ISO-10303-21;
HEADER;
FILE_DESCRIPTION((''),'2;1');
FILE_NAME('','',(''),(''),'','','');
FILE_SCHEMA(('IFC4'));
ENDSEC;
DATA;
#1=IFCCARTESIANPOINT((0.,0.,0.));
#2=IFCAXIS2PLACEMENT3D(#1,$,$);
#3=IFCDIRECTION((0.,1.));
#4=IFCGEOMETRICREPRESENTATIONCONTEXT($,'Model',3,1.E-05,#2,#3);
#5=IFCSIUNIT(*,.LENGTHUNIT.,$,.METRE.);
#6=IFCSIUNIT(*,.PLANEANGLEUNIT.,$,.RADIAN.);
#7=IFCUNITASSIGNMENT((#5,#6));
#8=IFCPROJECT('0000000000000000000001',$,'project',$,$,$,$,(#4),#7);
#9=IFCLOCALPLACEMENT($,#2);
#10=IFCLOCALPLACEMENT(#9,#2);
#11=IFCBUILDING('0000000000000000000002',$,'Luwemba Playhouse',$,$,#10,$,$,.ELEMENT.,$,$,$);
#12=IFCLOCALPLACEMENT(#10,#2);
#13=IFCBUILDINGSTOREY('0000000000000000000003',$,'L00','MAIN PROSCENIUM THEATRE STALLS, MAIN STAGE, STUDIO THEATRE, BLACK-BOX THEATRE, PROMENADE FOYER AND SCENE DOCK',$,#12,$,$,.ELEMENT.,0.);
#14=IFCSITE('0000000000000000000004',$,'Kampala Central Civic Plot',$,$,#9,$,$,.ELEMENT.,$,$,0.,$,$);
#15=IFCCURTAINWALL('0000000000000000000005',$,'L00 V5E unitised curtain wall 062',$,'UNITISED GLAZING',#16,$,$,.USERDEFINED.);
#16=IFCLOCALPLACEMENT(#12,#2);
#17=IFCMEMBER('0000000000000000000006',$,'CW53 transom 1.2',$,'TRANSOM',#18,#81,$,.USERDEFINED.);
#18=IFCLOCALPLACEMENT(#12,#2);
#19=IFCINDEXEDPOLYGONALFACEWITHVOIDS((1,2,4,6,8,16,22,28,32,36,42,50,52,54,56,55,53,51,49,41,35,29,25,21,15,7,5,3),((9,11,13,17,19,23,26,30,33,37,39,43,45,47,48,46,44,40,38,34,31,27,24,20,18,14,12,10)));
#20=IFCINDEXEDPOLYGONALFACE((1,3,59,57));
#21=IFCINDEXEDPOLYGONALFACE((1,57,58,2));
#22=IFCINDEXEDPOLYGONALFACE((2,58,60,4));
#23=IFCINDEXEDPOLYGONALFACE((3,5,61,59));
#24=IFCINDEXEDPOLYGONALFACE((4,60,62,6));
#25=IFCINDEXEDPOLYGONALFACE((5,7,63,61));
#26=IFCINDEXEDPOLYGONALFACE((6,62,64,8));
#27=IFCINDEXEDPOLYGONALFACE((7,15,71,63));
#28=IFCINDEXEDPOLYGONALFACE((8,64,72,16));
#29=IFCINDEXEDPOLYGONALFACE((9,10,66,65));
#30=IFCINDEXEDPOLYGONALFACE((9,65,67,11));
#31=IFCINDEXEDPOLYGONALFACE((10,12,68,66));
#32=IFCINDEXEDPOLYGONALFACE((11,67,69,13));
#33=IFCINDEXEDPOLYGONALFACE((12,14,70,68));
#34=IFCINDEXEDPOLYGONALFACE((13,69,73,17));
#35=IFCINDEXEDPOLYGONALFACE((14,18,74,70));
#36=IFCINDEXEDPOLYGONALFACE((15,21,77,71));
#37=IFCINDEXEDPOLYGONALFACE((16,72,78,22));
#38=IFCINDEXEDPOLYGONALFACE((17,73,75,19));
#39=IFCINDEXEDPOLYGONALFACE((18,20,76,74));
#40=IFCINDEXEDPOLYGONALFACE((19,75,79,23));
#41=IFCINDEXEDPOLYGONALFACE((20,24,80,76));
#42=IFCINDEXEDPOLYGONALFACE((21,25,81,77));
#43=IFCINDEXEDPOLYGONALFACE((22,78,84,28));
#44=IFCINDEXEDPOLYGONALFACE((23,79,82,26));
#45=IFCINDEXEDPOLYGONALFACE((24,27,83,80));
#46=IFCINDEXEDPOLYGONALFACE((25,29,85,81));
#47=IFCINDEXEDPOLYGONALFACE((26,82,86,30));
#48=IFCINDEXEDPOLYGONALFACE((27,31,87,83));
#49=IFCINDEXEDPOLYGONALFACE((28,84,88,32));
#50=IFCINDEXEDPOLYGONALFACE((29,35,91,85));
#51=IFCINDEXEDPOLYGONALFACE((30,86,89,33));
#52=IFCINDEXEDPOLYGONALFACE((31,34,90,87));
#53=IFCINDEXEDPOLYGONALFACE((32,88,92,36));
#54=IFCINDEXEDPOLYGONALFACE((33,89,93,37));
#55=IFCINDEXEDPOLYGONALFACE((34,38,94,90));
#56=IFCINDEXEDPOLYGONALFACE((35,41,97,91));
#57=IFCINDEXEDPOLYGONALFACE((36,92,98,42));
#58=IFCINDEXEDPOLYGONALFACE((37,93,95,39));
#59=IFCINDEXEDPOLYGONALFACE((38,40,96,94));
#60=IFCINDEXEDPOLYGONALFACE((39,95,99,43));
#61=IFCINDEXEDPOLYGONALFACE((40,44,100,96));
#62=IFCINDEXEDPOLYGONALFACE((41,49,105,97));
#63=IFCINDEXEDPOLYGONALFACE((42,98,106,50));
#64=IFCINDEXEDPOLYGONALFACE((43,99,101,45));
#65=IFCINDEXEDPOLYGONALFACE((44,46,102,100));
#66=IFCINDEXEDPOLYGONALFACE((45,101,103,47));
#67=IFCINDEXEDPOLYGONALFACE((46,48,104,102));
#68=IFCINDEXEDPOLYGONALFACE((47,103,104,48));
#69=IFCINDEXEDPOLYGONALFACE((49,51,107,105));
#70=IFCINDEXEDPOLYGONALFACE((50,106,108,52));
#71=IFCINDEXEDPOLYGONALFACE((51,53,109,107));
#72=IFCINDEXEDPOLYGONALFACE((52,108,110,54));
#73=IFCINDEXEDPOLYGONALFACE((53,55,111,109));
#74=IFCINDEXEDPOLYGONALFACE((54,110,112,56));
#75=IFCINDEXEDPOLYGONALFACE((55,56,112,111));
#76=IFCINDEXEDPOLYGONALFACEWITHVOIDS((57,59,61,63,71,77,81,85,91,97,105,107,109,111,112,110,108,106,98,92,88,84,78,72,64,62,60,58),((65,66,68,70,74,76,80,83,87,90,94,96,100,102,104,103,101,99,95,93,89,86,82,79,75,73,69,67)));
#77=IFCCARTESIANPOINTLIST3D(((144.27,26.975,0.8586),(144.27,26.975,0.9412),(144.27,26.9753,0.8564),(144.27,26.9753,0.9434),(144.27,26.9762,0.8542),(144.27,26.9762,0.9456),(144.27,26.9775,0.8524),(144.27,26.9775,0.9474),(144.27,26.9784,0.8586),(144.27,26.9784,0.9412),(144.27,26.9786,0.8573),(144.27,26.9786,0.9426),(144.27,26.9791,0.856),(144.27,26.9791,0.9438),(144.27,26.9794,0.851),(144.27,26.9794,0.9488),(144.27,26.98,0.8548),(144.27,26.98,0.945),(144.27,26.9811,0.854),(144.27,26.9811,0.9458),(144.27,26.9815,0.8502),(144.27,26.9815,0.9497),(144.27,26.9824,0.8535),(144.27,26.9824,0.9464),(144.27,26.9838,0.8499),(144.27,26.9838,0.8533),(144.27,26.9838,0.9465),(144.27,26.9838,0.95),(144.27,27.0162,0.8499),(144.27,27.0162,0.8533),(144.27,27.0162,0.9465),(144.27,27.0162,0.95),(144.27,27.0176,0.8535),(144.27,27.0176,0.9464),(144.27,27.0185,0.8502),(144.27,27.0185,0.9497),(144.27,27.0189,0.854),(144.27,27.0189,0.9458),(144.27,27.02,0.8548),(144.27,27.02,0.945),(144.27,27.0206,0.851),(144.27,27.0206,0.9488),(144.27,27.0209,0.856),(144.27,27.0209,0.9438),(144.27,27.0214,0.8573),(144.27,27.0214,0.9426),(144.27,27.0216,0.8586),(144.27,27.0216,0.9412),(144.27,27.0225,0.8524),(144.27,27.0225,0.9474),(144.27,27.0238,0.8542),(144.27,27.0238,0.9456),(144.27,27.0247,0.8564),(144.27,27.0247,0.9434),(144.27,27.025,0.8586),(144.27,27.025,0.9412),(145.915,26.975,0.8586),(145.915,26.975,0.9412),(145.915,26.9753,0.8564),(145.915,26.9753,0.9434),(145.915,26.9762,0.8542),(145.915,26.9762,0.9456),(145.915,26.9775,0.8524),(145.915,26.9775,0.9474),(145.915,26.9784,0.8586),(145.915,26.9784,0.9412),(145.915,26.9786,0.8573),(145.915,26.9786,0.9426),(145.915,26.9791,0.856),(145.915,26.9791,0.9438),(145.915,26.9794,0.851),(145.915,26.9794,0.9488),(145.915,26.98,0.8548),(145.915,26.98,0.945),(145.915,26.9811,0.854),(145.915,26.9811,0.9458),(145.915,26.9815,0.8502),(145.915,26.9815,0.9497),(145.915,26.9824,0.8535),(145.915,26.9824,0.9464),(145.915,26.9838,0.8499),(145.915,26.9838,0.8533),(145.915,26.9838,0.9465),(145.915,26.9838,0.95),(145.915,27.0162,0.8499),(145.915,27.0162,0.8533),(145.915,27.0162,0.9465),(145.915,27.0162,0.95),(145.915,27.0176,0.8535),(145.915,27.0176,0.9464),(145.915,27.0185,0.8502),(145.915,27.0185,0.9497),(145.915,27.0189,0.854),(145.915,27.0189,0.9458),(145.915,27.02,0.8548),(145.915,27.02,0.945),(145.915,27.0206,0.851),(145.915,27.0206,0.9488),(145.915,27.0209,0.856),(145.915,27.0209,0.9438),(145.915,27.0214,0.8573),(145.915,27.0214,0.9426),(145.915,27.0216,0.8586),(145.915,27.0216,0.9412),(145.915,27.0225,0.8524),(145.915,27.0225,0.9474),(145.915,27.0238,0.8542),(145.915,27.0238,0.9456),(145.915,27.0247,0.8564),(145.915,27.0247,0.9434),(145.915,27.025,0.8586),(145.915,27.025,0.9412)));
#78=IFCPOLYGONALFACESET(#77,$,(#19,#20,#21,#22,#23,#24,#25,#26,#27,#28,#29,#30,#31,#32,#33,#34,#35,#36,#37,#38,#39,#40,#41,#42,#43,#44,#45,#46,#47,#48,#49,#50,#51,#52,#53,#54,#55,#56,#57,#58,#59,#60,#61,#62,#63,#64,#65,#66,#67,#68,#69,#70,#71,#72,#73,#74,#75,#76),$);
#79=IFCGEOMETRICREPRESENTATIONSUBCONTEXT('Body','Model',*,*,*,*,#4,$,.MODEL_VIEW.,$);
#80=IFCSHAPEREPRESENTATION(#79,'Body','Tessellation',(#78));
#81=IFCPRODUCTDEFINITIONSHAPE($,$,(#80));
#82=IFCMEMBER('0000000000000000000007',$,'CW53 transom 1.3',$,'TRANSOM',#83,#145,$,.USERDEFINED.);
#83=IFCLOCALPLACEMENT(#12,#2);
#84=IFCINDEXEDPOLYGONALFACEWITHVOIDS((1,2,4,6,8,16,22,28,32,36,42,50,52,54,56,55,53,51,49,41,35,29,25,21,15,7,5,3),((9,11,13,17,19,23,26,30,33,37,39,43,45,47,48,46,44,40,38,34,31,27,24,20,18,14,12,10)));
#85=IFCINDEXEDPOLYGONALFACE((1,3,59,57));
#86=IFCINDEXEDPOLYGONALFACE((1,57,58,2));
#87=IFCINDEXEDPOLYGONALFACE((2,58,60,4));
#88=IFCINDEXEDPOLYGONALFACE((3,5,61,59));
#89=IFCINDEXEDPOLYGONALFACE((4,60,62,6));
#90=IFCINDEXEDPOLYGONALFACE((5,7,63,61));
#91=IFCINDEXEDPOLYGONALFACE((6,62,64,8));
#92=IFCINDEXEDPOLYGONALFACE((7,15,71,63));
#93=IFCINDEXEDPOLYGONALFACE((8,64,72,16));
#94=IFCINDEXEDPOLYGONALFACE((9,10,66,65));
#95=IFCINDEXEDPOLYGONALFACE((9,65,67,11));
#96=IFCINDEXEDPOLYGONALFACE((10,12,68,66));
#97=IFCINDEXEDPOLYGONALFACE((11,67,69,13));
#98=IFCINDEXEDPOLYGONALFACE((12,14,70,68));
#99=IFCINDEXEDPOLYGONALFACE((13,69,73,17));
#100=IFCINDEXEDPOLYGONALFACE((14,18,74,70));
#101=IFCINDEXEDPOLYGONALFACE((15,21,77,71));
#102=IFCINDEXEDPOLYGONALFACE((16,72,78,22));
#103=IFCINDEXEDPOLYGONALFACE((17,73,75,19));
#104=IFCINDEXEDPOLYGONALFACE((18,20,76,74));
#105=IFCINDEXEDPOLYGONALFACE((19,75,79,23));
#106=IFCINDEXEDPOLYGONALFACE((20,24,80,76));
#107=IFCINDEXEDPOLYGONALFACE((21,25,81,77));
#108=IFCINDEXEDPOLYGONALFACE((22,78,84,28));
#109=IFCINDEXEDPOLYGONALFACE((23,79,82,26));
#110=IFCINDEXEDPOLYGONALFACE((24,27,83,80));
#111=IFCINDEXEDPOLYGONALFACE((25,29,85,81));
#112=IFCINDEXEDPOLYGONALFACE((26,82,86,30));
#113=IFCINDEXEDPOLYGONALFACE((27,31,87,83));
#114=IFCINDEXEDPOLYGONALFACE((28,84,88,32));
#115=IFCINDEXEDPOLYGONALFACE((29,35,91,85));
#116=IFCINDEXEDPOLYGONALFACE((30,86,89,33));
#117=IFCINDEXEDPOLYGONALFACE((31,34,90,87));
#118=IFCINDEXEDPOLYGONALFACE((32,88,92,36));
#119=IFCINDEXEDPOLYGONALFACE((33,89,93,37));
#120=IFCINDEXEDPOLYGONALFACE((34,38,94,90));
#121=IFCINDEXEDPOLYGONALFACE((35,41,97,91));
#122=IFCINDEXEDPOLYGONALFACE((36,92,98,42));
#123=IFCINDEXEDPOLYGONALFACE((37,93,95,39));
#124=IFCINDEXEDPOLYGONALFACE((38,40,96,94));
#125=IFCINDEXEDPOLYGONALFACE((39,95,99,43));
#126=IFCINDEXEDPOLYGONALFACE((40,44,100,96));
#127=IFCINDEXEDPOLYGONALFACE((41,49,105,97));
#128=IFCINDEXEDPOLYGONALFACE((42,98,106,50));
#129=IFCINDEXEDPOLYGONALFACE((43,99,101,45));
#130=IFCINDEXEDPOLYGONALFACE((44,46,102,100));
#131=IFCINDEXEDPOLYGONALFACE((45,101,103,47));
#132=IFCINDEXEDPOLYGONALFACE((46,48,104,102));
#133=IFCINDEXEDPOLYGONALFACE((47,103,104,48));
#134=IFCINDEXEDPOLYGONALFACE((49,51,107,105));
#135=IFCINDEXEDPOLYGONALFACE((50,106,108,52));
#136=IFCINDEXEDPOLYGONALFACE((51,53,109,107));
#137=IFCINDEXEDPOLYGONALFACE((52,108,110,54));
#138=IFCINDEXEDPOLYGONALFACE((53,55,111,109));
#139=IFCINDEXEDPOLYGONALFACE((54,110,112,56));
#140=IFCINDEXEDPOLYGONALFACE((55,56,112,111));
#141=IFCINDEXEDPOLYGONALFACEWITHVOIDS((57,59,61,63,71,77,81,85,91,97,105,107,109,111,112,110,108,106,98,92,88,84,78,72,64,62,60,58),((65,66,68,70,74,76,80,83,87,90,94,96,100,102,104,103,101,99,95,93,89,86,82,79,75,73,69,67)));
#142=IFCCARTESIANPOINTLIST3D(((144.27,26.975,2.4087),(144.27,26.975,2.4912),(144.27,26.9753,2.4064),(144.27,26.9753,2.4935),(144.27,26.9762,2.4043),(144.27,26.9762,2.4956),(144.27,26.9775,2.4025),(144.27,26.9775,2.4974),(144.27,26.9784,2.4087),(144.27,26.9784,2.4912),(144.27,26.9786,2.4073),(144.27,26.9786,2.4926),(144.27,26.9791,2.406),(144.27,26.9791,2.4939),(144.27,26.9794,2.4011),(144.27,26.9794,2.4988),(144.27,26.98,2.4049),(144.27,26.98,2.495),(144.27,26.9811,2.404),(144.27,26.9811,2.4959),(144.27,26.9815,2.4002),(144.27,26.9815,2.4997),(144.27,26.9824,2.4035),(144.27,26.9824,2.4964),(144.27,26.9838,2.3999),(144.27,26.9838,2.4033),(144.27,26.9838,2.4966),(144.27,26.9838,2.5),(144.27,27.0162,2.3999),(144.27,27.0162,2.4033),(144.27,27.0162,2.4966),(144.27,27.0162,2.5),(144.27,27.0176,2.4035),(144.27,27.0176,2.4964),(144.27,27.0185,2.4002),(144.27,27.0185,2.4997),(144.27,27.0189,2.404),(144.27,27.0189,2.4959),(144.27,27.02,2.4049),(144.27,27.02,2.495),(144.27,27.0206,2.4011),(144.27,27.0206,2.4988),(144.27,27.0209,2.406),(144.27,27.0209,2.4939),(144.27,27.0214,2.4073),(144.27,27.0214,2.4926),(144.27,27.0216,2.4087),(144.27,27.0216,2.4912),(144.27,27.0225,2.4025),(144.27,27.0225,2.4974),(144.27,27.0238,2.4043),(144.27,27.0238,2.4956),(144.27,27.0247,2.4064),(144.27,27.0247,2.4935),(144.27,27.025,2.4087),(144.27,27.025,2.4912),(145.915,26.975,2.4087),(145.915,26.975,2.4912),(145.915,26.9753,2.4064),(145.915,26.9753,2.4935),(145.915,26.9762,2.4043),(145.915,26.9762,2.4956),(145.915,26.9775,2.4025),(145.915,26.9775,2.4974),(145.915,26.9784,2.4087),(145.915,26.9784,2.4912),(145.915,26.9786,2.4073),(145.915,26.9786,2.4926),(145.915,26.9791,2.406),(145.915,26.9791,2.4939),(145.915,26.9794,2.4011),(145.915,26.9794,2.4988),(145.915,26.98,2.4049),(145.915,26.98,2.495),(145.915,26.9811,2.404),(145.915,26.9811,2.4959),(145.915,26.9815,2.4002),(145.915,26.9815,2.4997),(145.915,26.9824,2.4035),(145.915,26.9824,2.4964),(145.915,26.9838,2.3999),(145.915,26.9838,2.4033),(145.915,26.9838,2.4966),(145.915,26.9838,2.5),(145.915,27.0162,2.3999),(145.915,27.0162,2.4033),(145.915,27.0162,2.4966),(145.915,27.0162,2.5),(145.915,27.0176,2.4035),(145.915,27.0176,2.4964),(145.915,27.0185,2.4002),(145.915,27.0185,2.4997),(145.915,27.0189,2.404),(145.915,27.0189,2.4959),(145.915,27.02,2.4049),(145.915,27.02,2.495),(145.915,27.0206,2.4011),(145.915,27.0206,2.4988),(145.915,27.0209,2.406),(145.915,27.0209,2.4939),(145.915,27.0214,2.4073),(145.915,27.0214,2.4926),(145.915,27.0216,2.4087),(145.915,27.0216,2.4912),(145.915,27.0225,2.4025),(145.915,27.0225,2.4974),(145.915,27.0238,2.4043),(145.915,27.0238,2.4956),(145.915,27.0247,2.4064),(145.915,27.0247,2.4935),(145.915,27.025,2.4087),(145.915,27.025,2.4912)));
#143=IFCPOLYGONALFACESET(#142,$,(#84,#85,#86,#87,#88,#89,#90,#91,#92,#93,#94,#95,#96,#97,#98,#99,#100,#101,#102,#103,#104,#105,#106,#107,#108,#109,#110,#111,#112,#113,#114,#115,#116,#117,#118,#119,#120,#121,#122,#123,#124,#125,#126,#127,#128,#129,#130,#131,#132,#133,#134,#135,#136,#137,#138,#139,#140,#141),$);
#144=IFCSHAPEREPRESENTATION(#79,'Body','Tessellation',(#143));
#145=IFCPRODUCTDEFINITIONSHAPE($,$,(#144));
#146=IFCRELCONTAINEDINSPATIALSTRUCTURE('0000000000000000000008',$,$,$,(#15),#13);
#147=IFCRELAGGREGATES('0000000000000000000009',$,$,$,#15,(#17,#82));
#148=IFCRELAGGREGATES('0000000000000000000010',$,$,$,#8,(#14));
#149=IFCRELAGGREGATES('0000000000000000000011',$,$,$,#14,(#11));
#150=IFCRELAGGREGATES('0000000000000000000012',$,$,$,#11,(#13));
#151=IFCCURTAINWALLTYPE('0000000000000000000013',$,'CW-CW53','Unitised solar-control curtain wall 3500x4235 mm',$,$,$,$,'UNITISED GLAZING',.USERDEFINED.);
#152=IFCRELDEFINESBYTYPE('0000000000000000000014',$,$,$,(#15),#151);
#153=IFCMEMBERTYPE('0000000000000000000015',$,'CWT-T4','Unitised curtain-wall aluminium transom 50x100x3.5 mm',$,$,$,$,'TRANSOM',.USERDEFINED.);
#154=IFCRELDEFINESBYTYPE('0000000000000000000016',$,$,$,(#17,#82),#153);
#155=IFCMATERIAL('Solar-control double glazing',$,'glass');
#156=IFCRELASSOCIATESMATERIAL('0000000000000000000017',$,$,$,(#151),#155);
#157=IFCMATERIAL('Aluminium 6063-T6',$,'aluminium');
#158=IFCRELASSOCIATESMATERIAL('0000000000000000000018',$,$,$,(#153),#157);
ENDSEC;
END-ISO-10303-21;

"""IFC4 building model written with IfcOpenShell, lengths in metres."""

from ifc_helpers import new_model, si_unit, direction, frame, origin, origin_2d, place, context, subcontext, project, spatial, hollow_rectangle, extrude, material, material_profile, profile_set, type_object, element, aggregate, save


model = new_model("IFC4")

# Units and contexts
model_context = context("Model", 3, precision=1e-05, world=origin(), true_north=direction((0.0, 1.0)))
body_context = subcontext(model_context, "Body", "Model", "MODEL_VIEW")
ifc_project = project(units=[si_unit("LENGTHUNIT", "METRE"), si_unit("PLANEANGLEUNIT", "RADIAN")], contexts=[model_context])

# Site, building, storey
site_placement = place(None, origin())
site = spatial("IfcSite", under=ifc_project, at=site_placement, Name="Kampala Central Civic Plot", CompositionType="ELEMENT", RefElevation=0.0)
building_placement = place(site_placement, origin())
building = spatial("IfcBuilding", under=site, at=building_placement, Name="Luwemba Playhouse", CompositionType="ELEMENT")
storey_placement = place(building_placement, origin())
storey = spatial("IfcBuildingStorey", under=building, at=storey_placement, Name="L00", Description="MAIN PROSCENIUM THEATRE STALLS, MAIN STAGE, STUDIO THEATRE, BLACK-BOX THEATRE, PROMENADE FOYER AND SCENE DOCK", CompositionType="ELEMENT", Elevation=0.0)

# Curtain wall, members
ifc_material_1 = material(Name="Solar-control double glazing", Category="glass")
curtain_wall_type = type_object("IfcCurtainWallType", Name="CW-CW53", Description="Unitised solar-control curtain wall 3500x4235 mm", ElementType="UNITISED GLAZING", PredefinedType="USERDEFINED", material=ifc_material_1)
curtain_wall_placement = place(storey_placement, origin())
curtain_wall = element("IfcCurtainWall", 1, at=curtain_wall_placement, inside=storey, type_object=curtain_wall_type, Name="L00 V5E unitised curtain wall 062", ObjectType="UNITISED GLAZING", PredefinedType="USERDEFINED")
ifc_material_2 = material(Name="Aluminium 6063-T6", Category="aluminium")
ifc_material_profile_1 = material_profile(ifc_material_2, hollow_rectangle(XDim=0.05, YDim=0.1001, WallThickness=0.0034, InnerFilletRadius=0.0054, OuterFilletRadius=0.0088, at=origin_2d()))
ifc_profile_set_1 = profile_set([ifc_material_profile_1], Name="Aluminium 6063-T6")
member_type_1 = type_object("IfcMemberType", Name="CWT-T4", Description="Unitised curtain-wall aluminium transom 50x100x3.5 mm", ElementType="TRANSOM", PredefinedType="USERDEFINED", material=ifc_profile_set_1)
member_1_placement = place(storey_placement, frame((144.27, 27.0, 0.8999), z_axis=(1.0, 0.0, 0.0), x_axis=(0.0, 1.0, 0.0)))
member_1 = element("IfcMember", 2, at=member_1_placement, type_object=member_type_1, Name="CW53 transom 1.2", ObjectType="TRANSOM", PredefinedType="USERDEFINED", context=body_context, shape_type="SweptSolid", body=[
    extrude(hollow_rectangle(XDim=0.05, YDim=0.1001, WallThickness=0.0034, InnerFilletRadius=0.0054, OuterFilletRadius=0.0088, at=origin_2d()), origin(), (0.0, 0.0, 1.0), 1.645),
])
member_2_placement = place(storey_placement, frame((144.27, 27.0, 2.45), z_axis=(1.0, 0.0, 0.0), x_axis=(0.0, 1.0, 0.0)))
member_2 = element("IfcMember", 3, at=member_2_placement, type_object=member_type_1, Name="CW53 transom 1.3", ObjectType="TRANSOM", PredefinedType="USERDEFINED", context=body_context, shape_type="SweptSolid", body=[
    extrude(hollow_rectangle(XDim=0.05, YDim=0.1001, WallThickness=0.0034, InnerFilletRadius=0.0054, OuterFilletRadius=0.0088, at=origin_2d()), origin(), (0.0, 0.0, 1.0), 1.645),
])
aggregate(curtain_wall, [member_1, member_2])

save(model, "model.ifc")
